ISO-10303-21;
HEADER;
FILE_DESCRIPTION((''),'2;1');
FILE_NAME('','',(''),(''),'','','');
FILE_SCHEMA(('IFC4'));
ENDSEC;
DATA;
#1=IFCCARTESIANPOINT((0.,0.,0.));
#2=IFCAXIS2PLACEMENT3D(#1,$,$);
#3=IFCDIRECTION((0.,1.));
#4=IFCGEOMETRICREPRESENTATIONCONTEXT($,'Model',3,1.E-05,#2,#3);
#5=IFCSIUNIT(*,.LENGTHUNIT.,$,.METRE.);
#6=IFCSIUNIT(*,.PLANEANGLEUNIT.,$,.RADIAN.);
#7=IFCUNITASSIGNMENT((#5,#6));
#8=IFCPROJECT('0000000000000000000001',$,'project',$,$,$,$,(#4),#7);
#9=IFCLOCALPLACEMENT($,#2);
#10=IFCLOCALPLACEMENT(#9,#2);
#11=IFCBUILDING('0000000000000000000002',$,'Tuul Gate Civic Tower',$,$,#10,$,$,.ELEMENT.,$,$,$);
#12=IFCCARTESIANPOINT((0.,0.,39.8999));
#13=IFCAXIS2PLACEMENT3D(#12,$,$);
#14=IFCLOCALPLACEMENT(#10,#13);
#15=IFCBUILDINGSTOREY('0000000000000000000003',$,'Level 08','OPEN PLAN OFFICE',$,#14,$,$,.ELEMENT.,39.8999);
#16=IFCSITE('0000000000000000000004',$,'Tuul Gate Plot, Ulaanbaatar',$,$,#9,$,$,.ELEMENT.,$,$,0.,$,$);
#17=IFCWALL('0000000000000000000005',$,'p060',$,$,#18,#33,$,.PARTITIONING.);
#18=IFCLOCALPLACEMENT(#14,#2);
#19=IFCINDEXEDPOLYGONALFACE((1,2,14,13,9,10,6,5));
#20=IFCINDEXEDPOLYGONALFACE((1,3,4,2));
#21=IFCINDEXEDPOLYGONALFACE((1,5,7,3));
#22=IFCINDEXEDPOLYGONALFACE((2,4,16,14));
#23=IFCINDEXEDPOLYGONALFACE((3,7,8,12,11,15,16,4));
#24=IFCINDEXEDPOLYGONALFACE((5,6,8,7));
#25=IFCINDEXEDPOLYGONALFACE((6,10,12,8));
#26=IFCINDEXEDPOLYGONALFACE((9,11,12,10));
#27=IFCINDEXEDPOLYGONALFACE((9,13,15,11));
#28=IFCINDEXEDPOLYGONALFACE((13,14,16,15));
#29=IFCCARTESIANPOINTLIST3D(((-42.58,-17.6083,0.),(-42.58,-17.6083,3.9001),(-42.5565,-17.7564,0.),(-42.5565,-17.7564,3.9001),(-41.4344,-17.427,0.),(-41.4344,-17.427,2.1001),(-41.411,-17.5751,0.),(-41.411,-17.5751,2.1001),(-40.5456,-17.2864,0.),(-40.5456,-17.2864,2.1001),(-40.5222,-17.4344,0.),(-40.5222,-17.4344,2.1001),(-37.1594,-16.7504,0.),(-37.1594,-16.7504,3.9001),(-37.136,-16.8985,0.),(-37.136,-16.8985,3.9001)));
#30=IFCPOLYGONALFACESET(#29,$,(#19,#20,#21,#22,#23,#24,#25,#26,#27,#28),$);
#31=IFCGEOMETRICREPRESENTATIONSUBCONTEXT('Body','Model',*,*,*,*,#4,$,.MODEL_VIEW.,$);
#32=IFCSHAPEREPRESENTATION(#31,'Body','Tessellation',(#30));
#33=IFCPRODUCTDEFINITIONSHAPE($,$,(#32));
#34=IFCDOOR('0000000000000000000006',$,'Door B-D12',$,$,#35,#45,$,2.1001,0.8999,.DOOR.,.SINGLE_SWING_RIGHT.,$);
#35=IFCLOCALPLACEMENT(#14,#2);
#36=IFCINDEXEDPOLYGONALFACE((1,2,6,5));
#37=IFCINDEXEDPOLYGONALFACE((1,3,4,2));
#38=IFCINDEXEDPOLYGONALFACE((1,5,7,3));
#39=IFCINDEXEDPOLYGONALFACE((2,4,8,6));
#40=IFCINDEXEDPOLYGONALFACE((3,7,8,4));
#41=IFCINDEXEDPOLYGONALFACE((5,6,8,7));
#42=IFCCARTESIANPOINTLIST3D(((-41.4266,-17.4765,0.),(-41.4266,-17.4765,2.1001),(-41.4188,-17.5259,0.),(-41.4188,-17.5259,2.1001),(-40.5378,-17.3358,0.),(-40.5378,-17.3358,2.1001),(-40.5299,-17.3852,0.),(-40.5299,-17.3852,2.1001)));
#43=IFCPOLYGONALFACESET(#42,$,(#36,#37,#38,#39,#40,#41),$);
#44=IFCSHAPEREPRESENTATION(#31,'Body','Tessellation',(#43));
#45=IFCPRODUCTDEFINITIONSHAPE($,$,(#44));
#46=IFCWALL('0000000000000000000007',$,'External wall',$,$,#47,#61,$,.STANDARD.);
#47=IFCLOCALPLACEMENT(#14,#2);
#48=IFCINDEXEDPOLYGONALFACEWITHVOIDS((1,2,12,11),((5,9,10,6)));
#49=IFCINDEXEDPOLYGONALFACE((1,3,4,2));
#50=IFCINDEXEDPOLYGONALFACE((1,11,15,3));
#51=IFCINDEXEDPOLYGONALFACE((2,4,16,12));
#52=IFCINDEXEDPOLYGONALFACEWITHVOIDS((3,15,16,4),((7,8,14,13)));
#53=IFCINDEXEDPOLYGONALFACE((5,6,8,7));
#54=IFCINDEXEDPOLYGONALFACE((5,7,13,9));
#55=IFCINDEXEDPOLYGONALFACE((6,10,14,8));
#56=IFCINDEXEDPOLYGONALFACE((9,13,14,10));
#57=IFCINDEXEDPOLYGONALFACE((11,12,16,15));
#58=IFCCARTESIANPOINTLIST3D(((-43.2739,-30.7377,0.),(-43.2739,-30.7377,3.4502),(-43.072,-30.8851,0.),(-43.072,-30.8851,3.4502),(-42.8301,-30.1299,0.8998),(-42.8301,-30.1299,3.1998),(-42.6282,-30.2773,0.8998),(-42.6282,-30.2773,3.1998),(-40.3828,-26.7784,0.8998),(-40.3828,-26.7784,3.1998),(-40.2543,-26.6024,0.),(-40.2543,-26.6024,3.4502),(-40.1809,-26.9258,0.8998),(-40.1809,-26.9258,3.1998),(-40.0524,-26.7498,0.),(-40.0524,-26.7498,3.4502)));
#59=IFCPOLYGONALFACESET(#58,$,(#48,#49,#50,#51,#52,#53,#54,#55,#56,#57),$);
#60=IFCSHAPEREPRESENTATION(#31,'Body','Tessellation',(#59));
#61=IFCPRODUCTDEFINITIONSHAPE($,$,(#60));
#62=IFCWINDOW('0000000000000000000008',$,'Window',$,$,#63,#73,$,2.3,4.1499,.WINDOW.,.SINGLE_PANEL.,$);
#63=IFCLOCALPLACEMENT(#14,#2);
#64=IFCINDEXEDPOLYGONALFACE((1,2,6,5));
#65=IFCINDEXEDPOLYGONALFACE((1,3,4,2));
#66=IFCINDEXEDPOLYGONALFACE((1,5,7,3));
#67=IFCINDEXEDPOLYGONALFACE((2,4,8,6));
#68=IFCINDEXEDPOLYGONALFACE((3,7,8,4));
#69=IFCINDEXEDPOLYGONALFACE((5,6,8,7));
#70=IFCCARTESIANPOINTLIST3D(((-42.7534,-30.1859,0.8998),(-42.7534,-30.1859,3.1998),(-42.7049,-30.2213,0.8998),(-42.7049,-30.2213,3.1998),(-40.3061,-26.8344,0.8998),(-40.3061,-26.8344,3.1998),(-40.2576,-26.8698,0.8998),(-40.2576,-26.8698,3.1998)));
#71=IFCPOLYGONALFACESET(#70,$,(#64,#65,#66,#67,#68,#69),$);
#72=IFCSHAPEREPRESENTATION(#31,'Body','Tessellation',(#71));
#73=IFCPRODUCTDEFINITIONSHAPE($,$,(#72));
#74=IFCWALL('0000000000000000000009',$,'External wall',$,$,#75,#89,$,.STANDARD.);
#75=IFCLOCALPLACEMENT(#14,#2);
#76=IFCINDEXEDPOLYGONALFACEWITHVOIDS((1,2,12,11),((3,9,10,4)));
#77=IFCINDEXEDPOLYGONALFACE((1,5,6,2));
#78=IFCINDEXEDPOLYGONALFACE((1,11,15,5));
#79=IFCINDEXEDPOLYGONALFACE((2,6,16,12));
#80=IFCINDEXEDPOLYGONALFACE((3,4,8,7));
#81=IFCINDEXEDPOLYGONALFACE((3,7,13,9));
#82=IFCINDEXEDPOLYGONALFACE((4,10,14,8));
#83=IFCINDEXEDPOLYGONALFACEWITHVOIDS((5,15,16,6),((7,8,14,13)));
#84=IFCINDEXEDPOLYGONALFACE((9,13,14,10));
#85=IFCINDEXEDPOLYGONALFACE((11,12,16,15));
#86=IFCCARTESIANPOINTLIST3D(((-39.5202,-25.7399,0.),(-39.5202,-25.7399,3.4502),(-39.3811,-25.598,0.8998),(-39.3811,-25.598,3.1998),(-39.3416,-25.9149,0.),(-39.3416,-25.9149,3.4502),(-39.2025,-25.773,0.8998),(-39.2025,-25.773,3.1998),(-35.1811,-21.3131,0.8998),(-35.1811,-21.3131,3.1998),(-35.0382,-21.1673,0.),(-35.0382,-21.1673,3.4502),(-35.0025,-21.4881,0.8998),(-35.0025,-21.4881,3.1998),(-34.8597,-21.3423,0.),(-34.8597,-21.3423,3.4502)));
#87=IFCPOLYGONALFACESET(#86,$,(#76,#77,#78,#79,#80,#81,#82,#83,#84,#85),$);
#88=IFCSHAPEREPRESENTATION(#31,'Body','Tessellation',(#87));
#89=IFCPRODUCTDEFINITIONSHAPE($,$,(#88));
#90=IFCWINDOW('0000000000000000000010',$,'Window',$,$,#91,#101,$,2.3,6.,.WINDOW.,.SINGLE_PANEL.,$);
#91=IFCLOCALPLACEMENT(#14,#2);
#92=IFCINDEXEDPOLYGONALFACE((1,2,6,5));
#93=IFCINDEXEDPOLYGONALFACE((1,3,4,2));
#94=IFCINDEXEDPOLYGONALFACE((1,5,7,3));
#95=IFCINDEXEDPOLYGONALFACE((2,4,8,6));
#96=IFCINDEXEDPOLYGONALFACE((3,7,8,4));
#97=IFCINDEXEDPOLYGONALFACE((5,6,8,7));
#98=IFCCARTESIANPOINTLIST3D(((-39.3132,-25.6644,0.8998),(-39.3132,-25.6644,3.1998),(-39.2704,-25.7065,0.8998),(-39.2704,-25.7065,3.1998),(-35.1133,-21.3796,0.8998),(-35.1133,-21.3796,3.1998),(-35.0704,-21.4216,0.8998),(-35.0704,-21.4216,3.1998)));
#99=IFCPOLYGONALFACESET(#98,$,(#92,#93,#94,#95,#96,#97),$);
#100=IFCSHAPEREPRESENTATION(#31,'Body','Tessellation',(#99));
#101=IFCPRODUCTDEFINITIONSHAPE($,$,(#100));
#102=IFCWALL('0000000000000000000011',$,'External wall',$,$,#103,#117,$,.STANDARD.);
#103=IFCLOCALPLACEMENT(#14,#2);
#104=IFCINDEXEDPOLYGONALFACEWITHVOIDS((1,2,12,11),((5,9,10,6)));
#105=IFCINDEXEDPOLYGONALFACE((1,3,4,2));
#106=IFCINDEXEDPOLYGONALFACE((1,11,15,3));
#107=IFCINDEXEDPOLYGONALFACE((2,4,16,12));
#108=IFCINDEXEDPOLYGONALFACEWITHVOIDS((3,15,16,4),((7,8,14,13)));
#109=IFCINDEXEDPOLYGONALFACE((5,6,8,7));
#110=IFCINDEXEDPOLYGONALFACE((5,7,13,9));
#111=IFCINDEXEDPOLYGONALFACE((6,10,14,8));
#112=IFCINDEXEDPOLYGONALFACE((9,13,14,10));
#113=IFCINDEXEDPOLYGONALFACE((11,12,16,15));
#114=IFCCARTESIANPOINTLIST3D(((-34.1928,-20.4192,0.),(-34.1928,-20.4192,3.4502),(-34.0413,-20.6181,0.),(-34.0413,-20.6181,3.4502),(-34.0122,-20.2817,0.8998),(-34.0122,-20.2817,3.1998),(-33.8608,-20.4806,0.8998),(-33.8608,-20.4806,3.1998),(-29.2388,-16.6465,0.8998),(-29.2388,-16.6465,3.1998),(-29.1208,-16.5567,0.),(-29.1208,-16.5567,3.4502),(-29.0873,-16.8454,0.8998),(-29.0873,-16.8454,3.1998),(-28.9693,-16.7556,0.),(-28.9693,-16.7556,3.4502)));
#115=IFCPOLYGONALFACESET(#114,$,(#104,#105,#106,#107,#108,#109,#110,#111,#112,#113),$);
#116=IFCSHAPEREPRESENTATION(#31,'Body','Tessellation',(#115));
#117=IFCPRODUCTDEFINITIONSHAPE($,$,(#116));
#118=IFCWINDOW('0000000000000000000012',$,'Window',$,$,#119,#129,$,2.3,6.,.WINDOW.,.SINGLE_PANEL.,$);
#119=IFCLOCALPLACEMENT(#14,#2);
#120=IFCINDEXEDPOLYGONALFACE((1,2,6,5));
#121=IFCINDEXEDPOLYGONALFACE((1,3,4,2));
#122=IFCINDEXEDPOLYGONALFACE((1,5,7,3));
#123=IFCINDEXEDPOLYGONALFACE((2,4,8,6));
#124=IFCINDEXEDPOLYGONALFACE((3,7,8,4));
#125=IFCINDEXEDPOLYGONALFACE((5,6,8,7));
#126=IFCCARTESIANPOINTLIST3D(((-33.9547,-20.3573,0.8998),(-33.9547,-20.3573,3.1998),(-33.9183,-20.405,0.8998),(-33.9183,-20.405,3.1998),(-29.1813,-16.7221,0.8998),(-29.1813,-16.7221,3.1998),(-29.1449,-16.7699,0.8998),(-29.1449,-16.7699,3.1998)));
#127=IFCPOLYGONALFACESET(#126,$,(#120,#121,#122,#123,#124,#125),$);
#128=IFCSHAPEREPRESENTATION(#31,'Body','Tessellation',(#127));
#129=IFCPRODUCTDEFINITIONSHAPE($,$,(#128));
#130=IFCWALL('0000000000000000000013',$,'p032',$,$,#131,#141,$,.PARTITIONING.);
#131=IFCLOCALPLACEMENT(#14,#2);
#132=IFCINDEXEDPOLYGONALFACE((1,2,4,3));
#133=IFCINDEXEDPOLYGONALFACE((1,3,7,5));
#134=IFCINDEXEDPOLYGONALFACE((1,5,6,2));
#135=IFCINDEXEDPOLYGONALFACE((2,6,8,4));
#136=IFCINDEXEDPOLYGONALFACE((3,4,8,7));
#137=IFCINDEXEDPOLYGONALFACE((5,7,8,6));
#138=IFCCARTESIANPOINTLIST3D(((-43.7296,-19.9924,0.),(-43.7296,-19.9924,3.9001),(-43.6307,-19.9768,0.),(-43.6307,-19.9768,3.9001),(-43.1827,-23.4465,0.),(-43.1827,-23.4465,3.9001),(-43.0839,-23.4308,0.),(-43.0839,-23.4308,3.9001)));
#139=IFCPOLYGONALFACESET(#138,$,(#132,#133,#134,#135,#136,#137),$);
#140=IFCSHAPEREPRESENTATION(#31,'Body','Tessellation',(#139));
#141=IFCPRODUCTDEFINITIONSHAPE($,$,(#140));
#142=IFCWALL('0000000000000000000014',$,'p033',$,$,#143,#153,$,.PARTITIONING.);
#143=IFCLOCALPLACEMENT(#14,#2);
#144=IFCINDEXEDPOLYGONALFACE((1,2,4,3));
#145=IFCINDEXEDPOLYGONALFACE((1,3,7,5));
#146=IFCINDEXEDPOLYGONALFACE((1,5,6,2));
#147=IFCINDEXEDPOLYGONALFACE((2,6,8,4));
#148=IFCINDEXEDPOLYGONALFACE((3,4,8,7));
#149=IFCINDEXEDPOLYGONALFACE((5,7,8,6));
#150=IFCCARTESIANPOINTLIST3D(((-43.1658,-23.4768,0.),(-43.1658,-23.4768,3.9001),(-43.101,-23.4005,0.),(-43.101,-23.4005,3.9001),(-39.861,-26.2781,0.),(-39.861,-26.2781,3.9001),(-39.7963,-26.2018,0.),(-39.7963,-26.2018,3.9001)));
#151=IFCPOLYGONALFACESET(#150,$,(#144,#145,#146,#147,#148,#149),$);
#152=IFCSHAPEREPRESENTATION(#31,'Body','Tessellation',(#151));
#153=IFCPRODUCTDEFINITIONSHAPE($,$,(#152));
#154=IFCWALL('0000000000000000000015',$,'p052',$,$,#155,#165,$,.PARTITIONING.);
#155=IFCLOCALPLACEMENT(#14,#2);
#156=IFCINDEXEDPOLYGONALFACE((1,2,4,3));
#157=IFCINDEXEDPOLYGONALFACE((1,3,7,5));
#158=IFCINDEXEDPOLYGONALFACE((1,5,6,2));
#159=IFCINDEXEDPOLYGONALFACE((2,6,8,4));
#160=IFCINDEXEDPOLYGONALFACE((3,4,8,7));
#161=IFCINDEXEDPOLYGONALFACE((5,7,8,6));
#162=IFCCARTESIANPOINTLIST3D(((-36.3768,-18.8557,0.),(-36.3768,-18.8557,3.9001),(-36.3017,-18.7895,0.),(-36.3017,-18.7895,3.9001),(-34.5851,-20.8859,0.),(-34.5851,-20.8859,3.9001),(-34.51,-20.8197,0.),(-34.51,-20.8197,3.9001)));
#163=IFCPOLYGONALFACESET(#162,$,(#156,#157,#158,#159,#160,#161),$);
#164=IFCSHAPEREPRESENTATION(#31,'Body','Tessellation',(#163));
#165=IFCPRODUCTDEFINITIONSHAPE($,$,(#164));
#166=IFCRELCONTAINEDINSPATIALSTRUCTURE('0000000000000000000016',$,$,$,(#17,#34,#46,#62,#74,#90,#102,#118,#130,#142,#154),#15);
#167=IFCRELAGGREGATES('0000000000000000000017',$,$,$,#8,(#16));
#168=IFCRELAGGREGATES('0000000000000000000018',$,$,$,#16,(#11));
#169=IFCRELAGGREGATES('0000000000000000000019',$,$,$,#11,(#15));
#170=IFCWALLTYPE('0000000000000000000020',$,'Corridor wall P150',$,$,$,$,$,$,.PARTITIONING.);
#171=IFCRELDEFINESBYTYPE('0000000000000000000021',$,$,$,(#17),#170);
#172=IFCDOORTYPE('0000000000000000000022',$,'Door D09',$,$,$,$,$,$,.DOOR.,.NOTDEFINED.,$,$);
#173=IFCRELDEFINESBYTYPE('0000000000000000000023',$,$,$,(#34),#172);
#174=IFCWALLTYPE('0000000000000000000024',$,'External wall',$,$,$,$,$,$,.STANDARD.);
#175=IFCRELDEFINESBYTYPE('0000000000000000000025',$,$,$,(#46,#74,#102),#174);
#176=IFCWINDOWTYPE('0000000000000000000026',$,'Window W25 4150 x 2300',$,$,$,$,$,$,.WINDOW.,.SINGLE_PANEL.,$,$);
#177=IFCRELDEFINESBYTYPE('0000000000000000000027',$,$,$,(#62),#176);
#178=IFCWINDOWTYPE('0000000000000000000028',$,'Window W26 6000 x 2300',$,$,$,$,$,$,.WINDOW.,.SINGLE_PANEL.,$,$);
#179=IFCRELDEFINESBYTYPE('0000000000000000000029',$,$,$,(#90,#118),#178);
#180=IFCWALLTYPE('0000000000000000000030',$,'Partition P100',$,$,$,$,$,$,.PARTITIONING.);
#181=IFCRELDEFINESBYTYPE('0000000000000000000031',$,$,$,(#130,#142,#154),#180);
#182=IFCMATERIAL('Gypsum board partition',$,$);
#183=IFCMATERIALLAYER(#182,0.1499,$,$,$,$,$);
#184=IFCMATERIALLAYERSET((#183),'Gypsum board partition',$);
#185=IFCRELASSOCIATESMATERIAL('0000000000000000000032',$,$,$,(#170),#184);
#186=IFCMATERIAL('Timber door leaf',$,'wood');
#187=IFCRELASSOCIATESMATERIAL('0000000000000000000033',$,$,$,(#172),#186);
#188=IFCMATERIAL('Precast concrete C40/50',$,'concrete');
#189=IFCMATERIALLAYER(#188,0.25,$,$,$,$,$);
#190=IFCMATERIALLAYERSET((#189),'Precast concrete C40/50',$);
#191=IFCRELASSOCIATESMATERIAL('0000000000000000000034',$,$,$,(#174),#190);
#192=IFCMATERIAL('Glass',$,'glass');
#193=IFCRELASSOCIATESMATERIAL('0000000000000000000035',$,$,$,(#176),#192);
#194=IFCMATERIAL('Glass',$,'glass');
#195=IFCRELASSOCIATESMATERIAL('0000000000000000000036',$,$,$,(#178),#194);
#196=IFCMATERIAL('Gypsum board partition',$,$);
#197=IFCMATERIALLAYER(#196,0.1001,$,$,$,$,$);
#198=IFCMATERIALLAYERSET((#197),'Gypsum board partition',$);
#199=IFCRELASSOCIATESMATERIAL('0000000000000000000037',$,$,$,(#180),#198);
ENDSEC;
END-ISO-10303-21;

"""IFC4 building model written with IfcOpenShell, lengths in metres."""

from ifc_helpers import new_model, si_unit, direction, frame, frame_2d, origin, place, context, subcontext, project, spatial, rectangle, extrude, material, layer, layer_set, type_object, element, fill, save


model = new_model("IFC4")

# Units and contexts
model_context = context("Model", 3, precision=1e-05, world=origin(), true_north=direction((0.0, 1.0)))
body_context = subcontext(model_context, "Body", "Model", "MODEL_VIEW")
ifc_project = project(units=[si_unit("LENGTHUNIT", "METRE"), si_unit("PLANEANGLEUNIT", "RADIAN")], contexts=[model_context])

# Site, building, storey
site_placement = place(None, origin())
site = spatial("IfcSite", under=ifc_project, at=site_placement, Name="Tuul Gate Plot, Ulaanbaatar", CompositionType="ELEMENT", RefElevation=0.0)
building_placement = place(site_placement, origin())
building = spatial("IfcBuilding", under=site, at=building_placement, Name="Tuul Gate Civic Tower", CompositionType="ELEMENT")
storey_placement = place(building_placement, frame((0.0, 0.0, 39.8999)))
storey = spatial("IfcBuildingStorey", under=building, at=storey_placement, Name="Level 08", Description="OPEN PLAN OFFICE", CompositionType="ELEMENT", Elevation=39.8999)

# Wall, opening, door
ifc_material_1 = material(Name="Gypsum board partition")
ifc_layer_1 = layer(ifc_material_1, 0.1499)
ifc_layer_set_1 = layer_set([ifc_layer_1], Name="Gypsum board partition")
wall_type_1 = type_object("IfcWallType", Name="Corridor wall P150", PredefinedType="PARTITIONING", material=ifc_layer_set_1)
wall_1_placement = place(storey_placement, frame((-42.5684, -17.6824, 0.0), z_axis=(0.0, 0.0, 1.0), x_axis=(0.987706, 0.156321, 0.0)))
wall_1 = element("IfcWall", 1, at=wall_1_placement, inside=storey, type_object=wall_type_1, Name="p060", PredefinedType="PARTITIONING", context=body_context, shape_type="SweptSolid", body=[
    extrude(rectangle(XDim=5.488, YDim=0.1499, at=frame_2d((2.7441, 0.0))), origin(), (0.0, 0.0, 1.0), 3.9001),
])
opening_1_placement = place(wall_1_placement, frame((1.1599, 0.0, 0.0)))
opening_1 = element("IfcOpeningElement", 2, at=opening_1_placement, cuts=wall_1, PredefinedType="OPENING", context=body_context, shape_type="SweptSolid", body=[
    extrude(rectangle(XDim=0.8999, YDim=2.1001, at=frame_2d((0.45, 1.05))), frame((0.0, 0.085, 0.0), z_axis=(0.0, -1.0, 0.0), x_axis=(1.0, 0.0, 0.0)), (0.0, 0.0, 1.0), 0.1699),
])
ifc_material_2 = material(Name="Timber door leaf", Category="wood")
door_type = type_object("IfcDoorType", Name="Door D09", OperationType="NOTDEFINED", PredefinedType="DOOR", material=ifc_material_2)
door_placement = place(opening_1_placement, origin())
door = element("IfcDoor", 3, at=door_placement, inside=storey, type_object=door_type, Name="Door B-D12", OperationType="SINGLE_SWING_RIGHT", OverallHeight=2.1001, OverallWidth=0.8999, PredefinedType="DOOR", context=body_context, shape_type="SweptSolid", body=[
    extrude(rectangle(XDim=0.8999, YDim=2.1001, at=frame_2d((0.45, 1.05))), frame((0.0, 0.0249, 0.0), z_axis=(0.0, -1.0, 0.0), x_axis=(1.0, 0.0, 0.0)), (0.0, 0.0, 1.0), 0.05),
])
fill(opening_1, door)

# Walls, openings, windows
ifc_material_3 = material(Name="Precast concrete C40/50", Category="concrete")
ifc_layer_2 = layer(ifc_material_3, 0.25)
ifc_layer_set_2 = layer_set([ifc_layer_2], Name="Precast concrete C40/50")
wall_type_2 = type_object("IfcWallType", Name="External wall", PredefinedType="STANDARD", material=ifc_layer_set_2)
wall_2_placement = place(storey_placement, frame((-43.1729, -30.8113, 0.0), z_axis=(0.0, 0.0, 1.0), x_axis=(0.589713, 0.807613, 0.0)))
wall_2 = element("IfcWall", 4, at=wall_2_placement, inside=storey, type_object=wall_type_2, Name="External wall", PredefinedType="STANDARD", context=body_context, shape_type="SweptSolid", body=[
    extrude(rectangle(XDim=5.1204, YDim=0.25, at=frame_2d((2.5601, 0.0))), origin(), (0.0, 0.0, 1.0), 3.4502),
])
opening_2_placement = place(wall_2_placement, frame((0.7524, 0.0, 0.8999)))
opening_2 = element("IfcOpeningElement", 5, at=opening_2_placement, cuts=wall_2, PredefinedType="OPENING", context=body_context, shape_type="SweptSolid", body=[
    extrude(rectangle(XDim=4.1499, YDim=2.3, at=frame_2d((2.075, 1.1499))), frame((0.0, 0.135, 0.0), z_axis=(0.0, -1.0, 0.0), x_axis=(1.0, 0.0, 0.0)), (0.0, 0.0, 1.0), 0.27),
])
ifc_material_4 = material(Name="Glass", Category="glass")
window_type_1 = type_object("IfcWindowType", Name="Window W25 4150 x 2300", PartitioningType="SINGLE_PANEL", PredefinedType="WINDOW", material=ifc_material_4)
window_1_placement = place(opening_2_placement, origin())
window_1 = element("IfcWindow", 6, at=window_1_placement, inside=storey, type_object=window_type_1, Name="Window", OverallHeight=2.3, OverallWidth=4.1499, PartitioningType="SINGLE_PANEL", PredefinedType="WINDOW", context=body_context, shape_type="SweptSolid", body=[
    extrude(rectangle(XDim=4.1499, YDim=2.3, at=frame_2d((2.075, 1.1499))), frame((0.0, 0.03, 0.0), z_axis=(0.0, -1.0, 0.0), x_axis=(1.0, 0.0, 0.0)), (0.0, 0.0, 1.0), 0.0601),
])
fill(opening_2, window_1)
wall_3_placement = place(storey_placement, frame((-39.4309, -25.8274, 0.0), z_axis=(0.0, 0.0, 1.0), x_axis=(0.699998, 0.714145, 0.0)))
wall_3 = element("IfcWall", 7, at=wall_3_placement, inside=storey, type_object=wall_type_2, Name="External wall", PredefinedType="STANDARD", context=body_context, shape_type="SweptSolid", body=[
    extrude(rectangle(XDim=6.4028, YDim=0.25, at=frame_2d((3.2014, 0.0))), origin(), (0.0, 0.0, 1.0), 3.4502),
])
opening_3_placement = place(wall_3_placement, frame((0.1987, 0.0, 0.8999)))
opening_3 = element("IfcOpeningElement", 8, at=opening_3_placement, cuts=wall_3, PredefinedType="OPENING", context=body_context, shape_type="SweptSolid", body=[
    extrude(rectangle(XDim=6.0, YDim=2.3, at=frame_2d((3.0, 1.1499))), frame((0.0, 0.135, 0.0), z_axis=(0.0, -1.0, 0.0), x_axis=(1.0, 0.0, 0.0)), (0.0, 0.0, 1.0), 0.27),
])
ifc_material_5 = material(Name="Glass", Category="glass")
window_type_2 = type_object("IfcWindowType", Name="Window W26 6000 x 2300", PartitioningType="SINGLE_PANEL", PredefinedType="WINDOW", material=ifc_material_5)
window_2_placement = place(opening_3_placement, origin())
window_2 = element("IfcWindow", 9, at=window_2_placement, inside=storey, type_object=window_type_2, Name="Window", OverallHeight=2.3, OverallWidth=6.0, PartitioningType="SINGLE_PANEL", PredefinedType="WINDOW", context=body_context, shape_type="SweptSolid", body=[
    extrude(rectangle(XDim=6.0, YDim=2.3, at=frame_2d((3.0, 1.1499))), frame((0.0, 0.03, 0.0), z_axis=(0.0, -1.0, 0.0), x_axis=(1.0, 0.0, 0.0)), (0.0, 0.0, 1.0), 0.0601),
])
fill(opening_3, window_2)
wall_4_placement = place(storey_placement, frame((-34.1169, -20.5186, 0.0), z_axis=(0.0, 0.0, 1.0), x_axis=(0.795571, 0.60586, 0.0)))
wall_4 = element("IfcWall", 10, at=wall_4_placement, inside=storey, type_object=wall_type_2, Name="External wall", PredefinedType="STANDARD", context=body_context, shape_type="SweptSolid", body=[
    extrude(rectangle(XDim=6.3752, YDim=0.25, at=frame_2d((3.1875, 0.0))), origin(), (0.0, 0.0, 1.0), 3.4502),
])
opening_4_placement = place(wall_4_placement, frame((0.2268, 0.0, 0.8999)))
opening_4 = element("IfcOpeningElement", 11, at=opening_4_placement, cuts=wall_4, PredefinedType="OPENING", context=body_context, shape_type="SweptSolid", body=[
    extrude(rectangle(XDim=6.0, YDim=2.3, at=frame_2d((3.0, 1.1499))), frame((0.0, 0.135, 0.0), z_axis=(0.0, -1.0, 0.0), x_axis=(1.0, 0.0, 0.0)), (0.0, 0.0, 1.0), 0.27),
])
window_3_placement = place(opening_4_placement, origin())
window_3 = element("IfcWindow", 12, at=window_3_placement, inside=storey, type_object=window_type_2, Name="Window", OverallHeight=2.3, OverallWidth=6.0, PartitioningType="SINGLE_PANEL", PredefinedType="WINDOW", context=body_context, shape_type="SweptSolid", body=[
    extrude(rectangle(XDim=6.0, YDim=2.3, at=frame_2d((3.0, 1.1499))), frame((0.0, 0.03, 0.0), z_axis=(0.0, -1.0, 0.0), x_axis=(1.0, 0.0, 0.0)), (0.0, 0.0, 1.0), 0.0601),
])
fill(opening_4, window_3)

# Walls
ifc_material_6 = material(Name="Gypsum board partition")
ifc_layer_3 = layer(ifc_material_6, 0.1001)
ifc_layer_set_3 = layer_set([ifc_layer_3], Name="Gypsum board partition")
wall_type_3 = type_object("IfcWallType", Name="Partition P100", PredefinedType="PARTITIONING", material=ifc_layer_set_3)
wall_5_placement = place(storey_placement, frame((-43.6802, -19.9846, 0.0), z_axis=(0.0, 0.0, 1.0), x_axis=(0.156378, -0.987697, 0.0)))
element("IfcWall", 13, at=wall_5_placement, inside=storey, type_object=wall_type_3, Name="p032", PredefinedType="PARTITIONING", context=body_context, shape_type="SweptSolid", body=[
    extrude(rectangle(XDim=3.4971, YDim=0.1001, at=frame_2d((1.7485, 0.0))), origin(), (0.0, 0.0, 1.0), 3.9001),
])
wall_6_placement = place(storey_placement, frame((-43.1333, -23.4387, 0.0), z_axis=(0.0, 0.0, 1.0), x_axis=(0.762817, -0.646614, 0.0)))
element("IfcWall", 14, at=wall_6_placement, inside=storey, type_object=wall_type_3, Name="p033", PredefinedType="PARTITIONING", context=body_context, shape_type="SweptSolid", body=[
    extrude(rectangle(XDim=4.3323, YDim=0.1001, at=frame_2d((2.166, 0.0))), origin(), (0.0, 0.0, 1.0), 3.9001),
])
wall_7_placement = place(storey_placement, frame((-36.3394, -18.8225, 0.0), z_axis=(0.0, 0.0, 1.0), x_axis=(0.66169, -0.749777, 0.0)))
element("IfcWall", 15, at=wall_7_placement, inside=storey, type_object=wall_type_3, Name="p052", PredefinedType="PARTITIONING", context=body_context, shape_type="SweptSolid", body=[
    extrude(rectangle(XDim=2.7078, YDim=0.1001, at=frame_2d((1.354, 0.0))), origin(), (0.0, 0.0, 1.0), 3.9001),
])

save(model, "model.ifc")
